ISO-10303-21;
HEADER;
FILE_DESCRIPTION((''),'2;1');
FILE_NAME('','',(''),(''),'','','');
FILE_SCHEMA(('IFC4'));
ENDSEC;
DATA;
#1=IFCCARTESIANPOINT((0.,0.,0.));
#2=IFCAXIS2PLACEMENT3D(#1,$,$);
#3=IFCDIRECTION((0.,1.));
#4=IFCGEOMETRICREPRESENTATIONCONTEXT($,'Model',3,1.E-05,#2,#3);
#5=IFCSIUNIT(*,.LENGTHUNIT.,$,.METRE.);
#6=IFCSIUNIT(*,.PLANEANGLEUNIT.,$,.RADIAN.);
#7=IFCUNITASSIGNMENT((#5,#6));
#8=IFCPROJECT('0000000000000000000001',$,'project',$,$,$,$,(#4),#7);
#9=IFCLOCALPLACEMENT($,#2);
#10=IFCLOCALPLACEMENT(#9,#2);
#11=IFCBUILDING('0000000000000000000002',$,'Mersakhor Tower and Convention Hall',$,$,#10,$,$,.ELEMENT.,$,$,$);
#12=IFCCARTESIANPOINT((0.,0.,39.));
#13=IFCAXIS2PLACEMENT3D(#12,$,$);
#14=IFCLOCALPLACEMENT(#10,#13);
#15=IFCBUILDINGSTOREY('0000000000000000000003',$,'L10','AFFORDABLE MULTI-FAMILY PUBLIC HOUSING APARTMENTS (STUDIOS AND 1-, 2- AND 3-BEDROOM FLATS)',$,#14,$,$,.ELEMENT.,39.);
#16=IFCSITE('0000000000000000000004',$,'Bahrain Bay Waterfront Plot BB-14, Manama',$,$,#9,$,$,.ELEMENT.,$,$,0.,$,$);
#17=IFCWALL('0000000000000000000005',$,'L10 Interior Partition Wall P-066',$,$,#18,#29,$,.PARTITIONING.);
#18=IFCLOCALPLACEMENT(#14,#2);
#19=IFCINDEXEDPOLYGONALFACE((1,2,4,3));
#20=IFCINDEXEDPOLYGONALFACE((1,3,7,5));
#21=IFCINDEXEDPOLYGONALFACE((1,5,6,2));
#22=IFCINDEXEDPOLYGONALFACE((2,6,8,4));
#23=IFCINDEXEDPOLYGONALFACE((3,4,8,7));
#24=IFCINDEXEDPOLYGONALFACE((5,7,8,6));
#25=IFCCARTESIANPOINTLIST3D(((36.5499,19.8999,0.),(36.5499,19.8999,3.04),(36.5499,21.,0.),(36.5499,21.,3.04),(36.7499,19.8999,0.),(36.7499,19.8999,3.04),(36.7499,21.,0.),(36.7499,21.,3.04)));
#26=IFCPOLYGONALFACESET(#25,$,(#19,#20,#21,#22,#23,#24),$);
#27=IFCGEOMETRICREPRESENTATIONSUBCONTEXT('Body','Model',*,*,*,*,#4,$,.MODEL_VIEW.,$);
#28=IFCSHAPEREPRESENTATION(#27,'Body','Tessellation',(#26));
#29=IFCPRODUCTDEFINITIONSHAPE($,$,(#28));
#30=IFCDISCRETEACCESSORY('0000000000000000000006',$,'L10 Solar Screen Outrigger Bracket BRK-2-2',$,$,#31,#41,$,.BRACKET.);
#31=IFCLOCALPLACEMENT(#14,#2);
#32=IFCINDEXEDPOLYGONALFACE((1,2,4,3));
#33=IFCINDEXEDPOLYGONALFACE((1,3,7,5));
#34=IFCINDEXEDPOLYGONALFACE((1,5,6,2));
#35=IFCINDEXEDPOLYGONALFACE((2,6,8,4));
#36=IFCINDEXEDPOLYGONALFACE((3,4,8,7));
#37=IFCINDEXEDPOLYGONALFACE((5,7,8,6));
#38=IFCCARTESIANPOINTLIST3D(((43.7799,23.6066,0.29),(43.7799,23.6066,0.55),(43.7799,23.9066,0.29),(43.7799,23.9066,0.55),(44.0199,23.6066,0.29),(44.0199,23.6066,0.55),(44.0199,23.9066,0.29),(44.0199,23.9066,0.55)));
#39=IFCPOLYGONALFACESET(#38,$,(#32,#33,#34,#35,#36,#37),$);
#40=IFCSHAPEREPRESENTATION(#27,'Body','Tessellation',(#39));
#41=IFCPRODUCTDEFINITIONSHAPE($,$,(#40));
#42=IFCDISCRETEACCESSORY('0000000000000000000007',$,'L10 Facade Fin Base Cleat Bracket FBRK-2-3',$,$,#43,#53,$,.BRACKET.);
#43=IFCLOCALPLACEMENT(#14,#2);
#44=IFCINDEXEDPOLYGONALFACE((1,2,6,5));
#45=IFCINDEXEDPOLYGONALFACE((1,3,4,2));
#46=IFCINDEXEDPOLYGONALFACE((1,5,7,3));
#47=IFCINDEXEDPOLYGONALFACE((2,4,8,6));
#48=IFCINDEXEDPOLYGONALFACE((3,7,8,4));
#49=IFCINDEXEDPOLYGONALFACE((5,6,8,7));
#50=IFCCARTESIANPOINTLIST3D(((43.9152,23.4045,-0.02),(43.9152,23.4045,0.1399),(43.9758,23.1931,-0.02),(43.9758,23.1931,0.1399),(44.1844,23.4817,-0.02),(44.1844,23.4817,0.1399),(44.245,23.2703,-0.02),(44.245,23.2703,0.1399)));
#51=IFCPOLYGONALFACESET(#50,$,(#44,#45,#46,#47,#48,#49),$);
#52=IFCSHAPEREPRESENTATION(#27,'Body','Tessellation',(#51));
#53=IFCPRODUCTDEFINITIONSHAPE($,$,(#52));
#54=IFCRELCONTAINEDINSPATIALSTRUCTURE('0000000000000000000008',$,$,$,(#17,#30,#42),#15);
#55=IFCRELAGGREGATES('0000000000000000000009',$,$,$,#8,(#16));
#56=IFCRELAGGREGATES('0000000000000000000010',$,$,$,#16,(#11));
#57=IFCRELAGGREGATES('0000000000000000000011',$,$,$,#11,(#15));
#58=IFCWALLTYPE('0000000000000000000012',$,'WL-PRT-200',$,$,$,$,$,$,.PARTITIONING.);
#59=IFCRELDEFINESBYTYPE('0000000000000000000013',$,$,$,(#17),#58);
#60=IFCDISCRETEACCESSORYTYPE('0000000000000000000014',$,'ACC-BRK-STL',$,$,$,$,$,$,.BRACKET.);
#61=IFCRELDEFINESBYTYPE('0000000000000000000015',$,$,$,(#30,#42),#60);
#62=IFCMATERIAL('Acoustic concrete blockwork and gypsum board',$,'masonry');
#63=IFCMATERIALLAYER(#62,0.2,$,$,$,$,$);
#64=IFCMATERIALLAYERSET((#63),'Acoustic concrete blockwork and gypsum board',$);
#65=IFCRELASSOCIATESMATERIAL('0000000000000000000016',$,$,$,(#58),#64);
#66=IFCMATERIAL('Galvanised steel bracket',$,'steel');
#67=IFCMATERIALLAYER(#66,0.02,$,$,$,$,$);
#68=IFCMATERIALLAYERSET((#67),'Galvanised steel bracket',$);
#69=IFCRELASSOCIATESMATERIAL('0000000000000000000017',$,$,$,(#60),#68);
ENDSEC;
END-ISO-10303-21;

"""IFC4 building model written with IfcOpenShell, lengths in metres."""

from ifc_helpers import new_model, si_unit, direction, frame, frame_2d, origin, origin_2d, place, context, subcontext, project, spatial, rectangle, extrude, material, layer, layer_set, type_object, element, save


model = new_model("IFC4")

# Units and contexts
model_context = context("Model", 3, precision=1e-05, world=origin(), true_north=direction((0.0, 1.0)))
body_context = subcontext(model_context, "Body", "Model", "MODEL_VIEW")
ifc_project = project(units=[si_unit("LENGTHUNIT", "METRE"), si_unit("PLANEANGLEUNIT", "RADIAN")], contexts=[model_context])

# Site, building, storey
site_placement = place(None, origin())
site = spatial("IfcSite", under=ifc_project, at=site_placement, Name="Bahrain Bay Waterfront Plot BB-14, Manama", CompositionType="ELEMENT", RefElevation=0.0)
building_placement = place(site_placement, origin())
building = spatial("IfcBuilding", under=site, at=building_placement, Name="Mersakhor Tower and Convention Hall", CompositionType="ELEMENT")
storey_placement = place(building_placement, frame((0.0, 0.0, 39.0)))
storey = spatial("IfcBuildingStorey", under=building, at=storey_placement, Name="L10", Description="AFFORDABLE MULTI-FAMILY PUBLIC HOUSING APARTMENTS (STUDIOS AND 1-, 2- AND 3-BEDROOM FLATS)", CompositionType="ELEMENT", Elevation=39.0)

# Wall
ifc_material_1 = material(Name="Acoustic concrete blockwork and gypsum board", Category="masonry")
ifc_layer_1 = layer(ifc_material_1, 0.2)
ifc_layer_set_1 = layer_set([ifc_layer_1], Name="Acoustic concrete blockwork and gypsum board")
wall_type_1 = type_object("IfcWallType", Name="WL-PRT-200", PredefinedType="PARTITIONING", material=ifc_layer_set_1)
wall_1_placement = place(storey_placement, frame((36.6499, 19.8999, 0.0), z_axis=(0.0, 0.0, 1.0), x_axis=(0.0, 1.0, 0.0)))
element("IfcWall", 1, at=wall_1_placement, inside=storey, type_object=wall_type_1, Name="L10 Interior Partition Wall P-066", PredefinedType="PARTITIONING", context=body_context, shape_type="SweptSolid", body=[
    extrude(rectangle(XDim=1.1001, YDim=0.2, at=frame_2d((0.55, 0.0))), origin(), (0.0, 0.0, 1.0), 3.04),
])

# Discrete accessories
ifc_material_2 = material(Name="Galvanised steel bracket", Category="steel")
ifc_layer_2 = layer(ifc_material_2, 0.02)
ifc_layer_set_2 = layer_set([ifc_layer_2], Name="Galvanised steel bracket")
discrete_accessory_type = type_object("IfcDiscreteAccessoryType", Name="ACC-BRK-STL", PredefinedType="BRACKET", material=ifc_layer_set_2)
discrete_accessory_1_placement = place(storey_placement, frame((43.8999, 23.7566, 0.29), z_axis=(0.0, 0.0, 1.0), x_axis=(0.0, -1.0, 0.0)))
element("IfcDiscreteAccessory", 2, at=discrete_accessory_1_placement, inside=storey, type_object=discrete_accessory_type, Name="L10 Solar Screen Outrigger Bracket BRK-2-2", PredefinedType="BRACKET", context=body_context, shape_type="SweptSolid", body=[
    extrude(rectangle(XDim=0.3, YDim=0.24, at=origin_2d()), origin(), (0.0, 0.0, 1.0), 0.26),
])
discrete_accessory_2_placement = place(storey_placement, frame((44.0801, 23.3374, -0.02), z_axis=(0.0, 0.0, 1.0), x_axis=(0.961262, 0.275637, 0.0)))
element("IfcDiscreteAccessory", 3, at=discrete_accessory_2_placement, inside=storey, type_object=discrete_accessory_type, Name="L10 Facade Fin Base Cleat Bracket FBRK-2-3", PredefinedType="BRACKET", context=body_context, shape_type="SweptSolid", body=[
    extrude(rectangle(XDim=0.28, YDim=0.22, at=origin_2d()), origin(), (0.0, 0.0, 1.0), 0.1599),
])

save(model, "model.ifc")
